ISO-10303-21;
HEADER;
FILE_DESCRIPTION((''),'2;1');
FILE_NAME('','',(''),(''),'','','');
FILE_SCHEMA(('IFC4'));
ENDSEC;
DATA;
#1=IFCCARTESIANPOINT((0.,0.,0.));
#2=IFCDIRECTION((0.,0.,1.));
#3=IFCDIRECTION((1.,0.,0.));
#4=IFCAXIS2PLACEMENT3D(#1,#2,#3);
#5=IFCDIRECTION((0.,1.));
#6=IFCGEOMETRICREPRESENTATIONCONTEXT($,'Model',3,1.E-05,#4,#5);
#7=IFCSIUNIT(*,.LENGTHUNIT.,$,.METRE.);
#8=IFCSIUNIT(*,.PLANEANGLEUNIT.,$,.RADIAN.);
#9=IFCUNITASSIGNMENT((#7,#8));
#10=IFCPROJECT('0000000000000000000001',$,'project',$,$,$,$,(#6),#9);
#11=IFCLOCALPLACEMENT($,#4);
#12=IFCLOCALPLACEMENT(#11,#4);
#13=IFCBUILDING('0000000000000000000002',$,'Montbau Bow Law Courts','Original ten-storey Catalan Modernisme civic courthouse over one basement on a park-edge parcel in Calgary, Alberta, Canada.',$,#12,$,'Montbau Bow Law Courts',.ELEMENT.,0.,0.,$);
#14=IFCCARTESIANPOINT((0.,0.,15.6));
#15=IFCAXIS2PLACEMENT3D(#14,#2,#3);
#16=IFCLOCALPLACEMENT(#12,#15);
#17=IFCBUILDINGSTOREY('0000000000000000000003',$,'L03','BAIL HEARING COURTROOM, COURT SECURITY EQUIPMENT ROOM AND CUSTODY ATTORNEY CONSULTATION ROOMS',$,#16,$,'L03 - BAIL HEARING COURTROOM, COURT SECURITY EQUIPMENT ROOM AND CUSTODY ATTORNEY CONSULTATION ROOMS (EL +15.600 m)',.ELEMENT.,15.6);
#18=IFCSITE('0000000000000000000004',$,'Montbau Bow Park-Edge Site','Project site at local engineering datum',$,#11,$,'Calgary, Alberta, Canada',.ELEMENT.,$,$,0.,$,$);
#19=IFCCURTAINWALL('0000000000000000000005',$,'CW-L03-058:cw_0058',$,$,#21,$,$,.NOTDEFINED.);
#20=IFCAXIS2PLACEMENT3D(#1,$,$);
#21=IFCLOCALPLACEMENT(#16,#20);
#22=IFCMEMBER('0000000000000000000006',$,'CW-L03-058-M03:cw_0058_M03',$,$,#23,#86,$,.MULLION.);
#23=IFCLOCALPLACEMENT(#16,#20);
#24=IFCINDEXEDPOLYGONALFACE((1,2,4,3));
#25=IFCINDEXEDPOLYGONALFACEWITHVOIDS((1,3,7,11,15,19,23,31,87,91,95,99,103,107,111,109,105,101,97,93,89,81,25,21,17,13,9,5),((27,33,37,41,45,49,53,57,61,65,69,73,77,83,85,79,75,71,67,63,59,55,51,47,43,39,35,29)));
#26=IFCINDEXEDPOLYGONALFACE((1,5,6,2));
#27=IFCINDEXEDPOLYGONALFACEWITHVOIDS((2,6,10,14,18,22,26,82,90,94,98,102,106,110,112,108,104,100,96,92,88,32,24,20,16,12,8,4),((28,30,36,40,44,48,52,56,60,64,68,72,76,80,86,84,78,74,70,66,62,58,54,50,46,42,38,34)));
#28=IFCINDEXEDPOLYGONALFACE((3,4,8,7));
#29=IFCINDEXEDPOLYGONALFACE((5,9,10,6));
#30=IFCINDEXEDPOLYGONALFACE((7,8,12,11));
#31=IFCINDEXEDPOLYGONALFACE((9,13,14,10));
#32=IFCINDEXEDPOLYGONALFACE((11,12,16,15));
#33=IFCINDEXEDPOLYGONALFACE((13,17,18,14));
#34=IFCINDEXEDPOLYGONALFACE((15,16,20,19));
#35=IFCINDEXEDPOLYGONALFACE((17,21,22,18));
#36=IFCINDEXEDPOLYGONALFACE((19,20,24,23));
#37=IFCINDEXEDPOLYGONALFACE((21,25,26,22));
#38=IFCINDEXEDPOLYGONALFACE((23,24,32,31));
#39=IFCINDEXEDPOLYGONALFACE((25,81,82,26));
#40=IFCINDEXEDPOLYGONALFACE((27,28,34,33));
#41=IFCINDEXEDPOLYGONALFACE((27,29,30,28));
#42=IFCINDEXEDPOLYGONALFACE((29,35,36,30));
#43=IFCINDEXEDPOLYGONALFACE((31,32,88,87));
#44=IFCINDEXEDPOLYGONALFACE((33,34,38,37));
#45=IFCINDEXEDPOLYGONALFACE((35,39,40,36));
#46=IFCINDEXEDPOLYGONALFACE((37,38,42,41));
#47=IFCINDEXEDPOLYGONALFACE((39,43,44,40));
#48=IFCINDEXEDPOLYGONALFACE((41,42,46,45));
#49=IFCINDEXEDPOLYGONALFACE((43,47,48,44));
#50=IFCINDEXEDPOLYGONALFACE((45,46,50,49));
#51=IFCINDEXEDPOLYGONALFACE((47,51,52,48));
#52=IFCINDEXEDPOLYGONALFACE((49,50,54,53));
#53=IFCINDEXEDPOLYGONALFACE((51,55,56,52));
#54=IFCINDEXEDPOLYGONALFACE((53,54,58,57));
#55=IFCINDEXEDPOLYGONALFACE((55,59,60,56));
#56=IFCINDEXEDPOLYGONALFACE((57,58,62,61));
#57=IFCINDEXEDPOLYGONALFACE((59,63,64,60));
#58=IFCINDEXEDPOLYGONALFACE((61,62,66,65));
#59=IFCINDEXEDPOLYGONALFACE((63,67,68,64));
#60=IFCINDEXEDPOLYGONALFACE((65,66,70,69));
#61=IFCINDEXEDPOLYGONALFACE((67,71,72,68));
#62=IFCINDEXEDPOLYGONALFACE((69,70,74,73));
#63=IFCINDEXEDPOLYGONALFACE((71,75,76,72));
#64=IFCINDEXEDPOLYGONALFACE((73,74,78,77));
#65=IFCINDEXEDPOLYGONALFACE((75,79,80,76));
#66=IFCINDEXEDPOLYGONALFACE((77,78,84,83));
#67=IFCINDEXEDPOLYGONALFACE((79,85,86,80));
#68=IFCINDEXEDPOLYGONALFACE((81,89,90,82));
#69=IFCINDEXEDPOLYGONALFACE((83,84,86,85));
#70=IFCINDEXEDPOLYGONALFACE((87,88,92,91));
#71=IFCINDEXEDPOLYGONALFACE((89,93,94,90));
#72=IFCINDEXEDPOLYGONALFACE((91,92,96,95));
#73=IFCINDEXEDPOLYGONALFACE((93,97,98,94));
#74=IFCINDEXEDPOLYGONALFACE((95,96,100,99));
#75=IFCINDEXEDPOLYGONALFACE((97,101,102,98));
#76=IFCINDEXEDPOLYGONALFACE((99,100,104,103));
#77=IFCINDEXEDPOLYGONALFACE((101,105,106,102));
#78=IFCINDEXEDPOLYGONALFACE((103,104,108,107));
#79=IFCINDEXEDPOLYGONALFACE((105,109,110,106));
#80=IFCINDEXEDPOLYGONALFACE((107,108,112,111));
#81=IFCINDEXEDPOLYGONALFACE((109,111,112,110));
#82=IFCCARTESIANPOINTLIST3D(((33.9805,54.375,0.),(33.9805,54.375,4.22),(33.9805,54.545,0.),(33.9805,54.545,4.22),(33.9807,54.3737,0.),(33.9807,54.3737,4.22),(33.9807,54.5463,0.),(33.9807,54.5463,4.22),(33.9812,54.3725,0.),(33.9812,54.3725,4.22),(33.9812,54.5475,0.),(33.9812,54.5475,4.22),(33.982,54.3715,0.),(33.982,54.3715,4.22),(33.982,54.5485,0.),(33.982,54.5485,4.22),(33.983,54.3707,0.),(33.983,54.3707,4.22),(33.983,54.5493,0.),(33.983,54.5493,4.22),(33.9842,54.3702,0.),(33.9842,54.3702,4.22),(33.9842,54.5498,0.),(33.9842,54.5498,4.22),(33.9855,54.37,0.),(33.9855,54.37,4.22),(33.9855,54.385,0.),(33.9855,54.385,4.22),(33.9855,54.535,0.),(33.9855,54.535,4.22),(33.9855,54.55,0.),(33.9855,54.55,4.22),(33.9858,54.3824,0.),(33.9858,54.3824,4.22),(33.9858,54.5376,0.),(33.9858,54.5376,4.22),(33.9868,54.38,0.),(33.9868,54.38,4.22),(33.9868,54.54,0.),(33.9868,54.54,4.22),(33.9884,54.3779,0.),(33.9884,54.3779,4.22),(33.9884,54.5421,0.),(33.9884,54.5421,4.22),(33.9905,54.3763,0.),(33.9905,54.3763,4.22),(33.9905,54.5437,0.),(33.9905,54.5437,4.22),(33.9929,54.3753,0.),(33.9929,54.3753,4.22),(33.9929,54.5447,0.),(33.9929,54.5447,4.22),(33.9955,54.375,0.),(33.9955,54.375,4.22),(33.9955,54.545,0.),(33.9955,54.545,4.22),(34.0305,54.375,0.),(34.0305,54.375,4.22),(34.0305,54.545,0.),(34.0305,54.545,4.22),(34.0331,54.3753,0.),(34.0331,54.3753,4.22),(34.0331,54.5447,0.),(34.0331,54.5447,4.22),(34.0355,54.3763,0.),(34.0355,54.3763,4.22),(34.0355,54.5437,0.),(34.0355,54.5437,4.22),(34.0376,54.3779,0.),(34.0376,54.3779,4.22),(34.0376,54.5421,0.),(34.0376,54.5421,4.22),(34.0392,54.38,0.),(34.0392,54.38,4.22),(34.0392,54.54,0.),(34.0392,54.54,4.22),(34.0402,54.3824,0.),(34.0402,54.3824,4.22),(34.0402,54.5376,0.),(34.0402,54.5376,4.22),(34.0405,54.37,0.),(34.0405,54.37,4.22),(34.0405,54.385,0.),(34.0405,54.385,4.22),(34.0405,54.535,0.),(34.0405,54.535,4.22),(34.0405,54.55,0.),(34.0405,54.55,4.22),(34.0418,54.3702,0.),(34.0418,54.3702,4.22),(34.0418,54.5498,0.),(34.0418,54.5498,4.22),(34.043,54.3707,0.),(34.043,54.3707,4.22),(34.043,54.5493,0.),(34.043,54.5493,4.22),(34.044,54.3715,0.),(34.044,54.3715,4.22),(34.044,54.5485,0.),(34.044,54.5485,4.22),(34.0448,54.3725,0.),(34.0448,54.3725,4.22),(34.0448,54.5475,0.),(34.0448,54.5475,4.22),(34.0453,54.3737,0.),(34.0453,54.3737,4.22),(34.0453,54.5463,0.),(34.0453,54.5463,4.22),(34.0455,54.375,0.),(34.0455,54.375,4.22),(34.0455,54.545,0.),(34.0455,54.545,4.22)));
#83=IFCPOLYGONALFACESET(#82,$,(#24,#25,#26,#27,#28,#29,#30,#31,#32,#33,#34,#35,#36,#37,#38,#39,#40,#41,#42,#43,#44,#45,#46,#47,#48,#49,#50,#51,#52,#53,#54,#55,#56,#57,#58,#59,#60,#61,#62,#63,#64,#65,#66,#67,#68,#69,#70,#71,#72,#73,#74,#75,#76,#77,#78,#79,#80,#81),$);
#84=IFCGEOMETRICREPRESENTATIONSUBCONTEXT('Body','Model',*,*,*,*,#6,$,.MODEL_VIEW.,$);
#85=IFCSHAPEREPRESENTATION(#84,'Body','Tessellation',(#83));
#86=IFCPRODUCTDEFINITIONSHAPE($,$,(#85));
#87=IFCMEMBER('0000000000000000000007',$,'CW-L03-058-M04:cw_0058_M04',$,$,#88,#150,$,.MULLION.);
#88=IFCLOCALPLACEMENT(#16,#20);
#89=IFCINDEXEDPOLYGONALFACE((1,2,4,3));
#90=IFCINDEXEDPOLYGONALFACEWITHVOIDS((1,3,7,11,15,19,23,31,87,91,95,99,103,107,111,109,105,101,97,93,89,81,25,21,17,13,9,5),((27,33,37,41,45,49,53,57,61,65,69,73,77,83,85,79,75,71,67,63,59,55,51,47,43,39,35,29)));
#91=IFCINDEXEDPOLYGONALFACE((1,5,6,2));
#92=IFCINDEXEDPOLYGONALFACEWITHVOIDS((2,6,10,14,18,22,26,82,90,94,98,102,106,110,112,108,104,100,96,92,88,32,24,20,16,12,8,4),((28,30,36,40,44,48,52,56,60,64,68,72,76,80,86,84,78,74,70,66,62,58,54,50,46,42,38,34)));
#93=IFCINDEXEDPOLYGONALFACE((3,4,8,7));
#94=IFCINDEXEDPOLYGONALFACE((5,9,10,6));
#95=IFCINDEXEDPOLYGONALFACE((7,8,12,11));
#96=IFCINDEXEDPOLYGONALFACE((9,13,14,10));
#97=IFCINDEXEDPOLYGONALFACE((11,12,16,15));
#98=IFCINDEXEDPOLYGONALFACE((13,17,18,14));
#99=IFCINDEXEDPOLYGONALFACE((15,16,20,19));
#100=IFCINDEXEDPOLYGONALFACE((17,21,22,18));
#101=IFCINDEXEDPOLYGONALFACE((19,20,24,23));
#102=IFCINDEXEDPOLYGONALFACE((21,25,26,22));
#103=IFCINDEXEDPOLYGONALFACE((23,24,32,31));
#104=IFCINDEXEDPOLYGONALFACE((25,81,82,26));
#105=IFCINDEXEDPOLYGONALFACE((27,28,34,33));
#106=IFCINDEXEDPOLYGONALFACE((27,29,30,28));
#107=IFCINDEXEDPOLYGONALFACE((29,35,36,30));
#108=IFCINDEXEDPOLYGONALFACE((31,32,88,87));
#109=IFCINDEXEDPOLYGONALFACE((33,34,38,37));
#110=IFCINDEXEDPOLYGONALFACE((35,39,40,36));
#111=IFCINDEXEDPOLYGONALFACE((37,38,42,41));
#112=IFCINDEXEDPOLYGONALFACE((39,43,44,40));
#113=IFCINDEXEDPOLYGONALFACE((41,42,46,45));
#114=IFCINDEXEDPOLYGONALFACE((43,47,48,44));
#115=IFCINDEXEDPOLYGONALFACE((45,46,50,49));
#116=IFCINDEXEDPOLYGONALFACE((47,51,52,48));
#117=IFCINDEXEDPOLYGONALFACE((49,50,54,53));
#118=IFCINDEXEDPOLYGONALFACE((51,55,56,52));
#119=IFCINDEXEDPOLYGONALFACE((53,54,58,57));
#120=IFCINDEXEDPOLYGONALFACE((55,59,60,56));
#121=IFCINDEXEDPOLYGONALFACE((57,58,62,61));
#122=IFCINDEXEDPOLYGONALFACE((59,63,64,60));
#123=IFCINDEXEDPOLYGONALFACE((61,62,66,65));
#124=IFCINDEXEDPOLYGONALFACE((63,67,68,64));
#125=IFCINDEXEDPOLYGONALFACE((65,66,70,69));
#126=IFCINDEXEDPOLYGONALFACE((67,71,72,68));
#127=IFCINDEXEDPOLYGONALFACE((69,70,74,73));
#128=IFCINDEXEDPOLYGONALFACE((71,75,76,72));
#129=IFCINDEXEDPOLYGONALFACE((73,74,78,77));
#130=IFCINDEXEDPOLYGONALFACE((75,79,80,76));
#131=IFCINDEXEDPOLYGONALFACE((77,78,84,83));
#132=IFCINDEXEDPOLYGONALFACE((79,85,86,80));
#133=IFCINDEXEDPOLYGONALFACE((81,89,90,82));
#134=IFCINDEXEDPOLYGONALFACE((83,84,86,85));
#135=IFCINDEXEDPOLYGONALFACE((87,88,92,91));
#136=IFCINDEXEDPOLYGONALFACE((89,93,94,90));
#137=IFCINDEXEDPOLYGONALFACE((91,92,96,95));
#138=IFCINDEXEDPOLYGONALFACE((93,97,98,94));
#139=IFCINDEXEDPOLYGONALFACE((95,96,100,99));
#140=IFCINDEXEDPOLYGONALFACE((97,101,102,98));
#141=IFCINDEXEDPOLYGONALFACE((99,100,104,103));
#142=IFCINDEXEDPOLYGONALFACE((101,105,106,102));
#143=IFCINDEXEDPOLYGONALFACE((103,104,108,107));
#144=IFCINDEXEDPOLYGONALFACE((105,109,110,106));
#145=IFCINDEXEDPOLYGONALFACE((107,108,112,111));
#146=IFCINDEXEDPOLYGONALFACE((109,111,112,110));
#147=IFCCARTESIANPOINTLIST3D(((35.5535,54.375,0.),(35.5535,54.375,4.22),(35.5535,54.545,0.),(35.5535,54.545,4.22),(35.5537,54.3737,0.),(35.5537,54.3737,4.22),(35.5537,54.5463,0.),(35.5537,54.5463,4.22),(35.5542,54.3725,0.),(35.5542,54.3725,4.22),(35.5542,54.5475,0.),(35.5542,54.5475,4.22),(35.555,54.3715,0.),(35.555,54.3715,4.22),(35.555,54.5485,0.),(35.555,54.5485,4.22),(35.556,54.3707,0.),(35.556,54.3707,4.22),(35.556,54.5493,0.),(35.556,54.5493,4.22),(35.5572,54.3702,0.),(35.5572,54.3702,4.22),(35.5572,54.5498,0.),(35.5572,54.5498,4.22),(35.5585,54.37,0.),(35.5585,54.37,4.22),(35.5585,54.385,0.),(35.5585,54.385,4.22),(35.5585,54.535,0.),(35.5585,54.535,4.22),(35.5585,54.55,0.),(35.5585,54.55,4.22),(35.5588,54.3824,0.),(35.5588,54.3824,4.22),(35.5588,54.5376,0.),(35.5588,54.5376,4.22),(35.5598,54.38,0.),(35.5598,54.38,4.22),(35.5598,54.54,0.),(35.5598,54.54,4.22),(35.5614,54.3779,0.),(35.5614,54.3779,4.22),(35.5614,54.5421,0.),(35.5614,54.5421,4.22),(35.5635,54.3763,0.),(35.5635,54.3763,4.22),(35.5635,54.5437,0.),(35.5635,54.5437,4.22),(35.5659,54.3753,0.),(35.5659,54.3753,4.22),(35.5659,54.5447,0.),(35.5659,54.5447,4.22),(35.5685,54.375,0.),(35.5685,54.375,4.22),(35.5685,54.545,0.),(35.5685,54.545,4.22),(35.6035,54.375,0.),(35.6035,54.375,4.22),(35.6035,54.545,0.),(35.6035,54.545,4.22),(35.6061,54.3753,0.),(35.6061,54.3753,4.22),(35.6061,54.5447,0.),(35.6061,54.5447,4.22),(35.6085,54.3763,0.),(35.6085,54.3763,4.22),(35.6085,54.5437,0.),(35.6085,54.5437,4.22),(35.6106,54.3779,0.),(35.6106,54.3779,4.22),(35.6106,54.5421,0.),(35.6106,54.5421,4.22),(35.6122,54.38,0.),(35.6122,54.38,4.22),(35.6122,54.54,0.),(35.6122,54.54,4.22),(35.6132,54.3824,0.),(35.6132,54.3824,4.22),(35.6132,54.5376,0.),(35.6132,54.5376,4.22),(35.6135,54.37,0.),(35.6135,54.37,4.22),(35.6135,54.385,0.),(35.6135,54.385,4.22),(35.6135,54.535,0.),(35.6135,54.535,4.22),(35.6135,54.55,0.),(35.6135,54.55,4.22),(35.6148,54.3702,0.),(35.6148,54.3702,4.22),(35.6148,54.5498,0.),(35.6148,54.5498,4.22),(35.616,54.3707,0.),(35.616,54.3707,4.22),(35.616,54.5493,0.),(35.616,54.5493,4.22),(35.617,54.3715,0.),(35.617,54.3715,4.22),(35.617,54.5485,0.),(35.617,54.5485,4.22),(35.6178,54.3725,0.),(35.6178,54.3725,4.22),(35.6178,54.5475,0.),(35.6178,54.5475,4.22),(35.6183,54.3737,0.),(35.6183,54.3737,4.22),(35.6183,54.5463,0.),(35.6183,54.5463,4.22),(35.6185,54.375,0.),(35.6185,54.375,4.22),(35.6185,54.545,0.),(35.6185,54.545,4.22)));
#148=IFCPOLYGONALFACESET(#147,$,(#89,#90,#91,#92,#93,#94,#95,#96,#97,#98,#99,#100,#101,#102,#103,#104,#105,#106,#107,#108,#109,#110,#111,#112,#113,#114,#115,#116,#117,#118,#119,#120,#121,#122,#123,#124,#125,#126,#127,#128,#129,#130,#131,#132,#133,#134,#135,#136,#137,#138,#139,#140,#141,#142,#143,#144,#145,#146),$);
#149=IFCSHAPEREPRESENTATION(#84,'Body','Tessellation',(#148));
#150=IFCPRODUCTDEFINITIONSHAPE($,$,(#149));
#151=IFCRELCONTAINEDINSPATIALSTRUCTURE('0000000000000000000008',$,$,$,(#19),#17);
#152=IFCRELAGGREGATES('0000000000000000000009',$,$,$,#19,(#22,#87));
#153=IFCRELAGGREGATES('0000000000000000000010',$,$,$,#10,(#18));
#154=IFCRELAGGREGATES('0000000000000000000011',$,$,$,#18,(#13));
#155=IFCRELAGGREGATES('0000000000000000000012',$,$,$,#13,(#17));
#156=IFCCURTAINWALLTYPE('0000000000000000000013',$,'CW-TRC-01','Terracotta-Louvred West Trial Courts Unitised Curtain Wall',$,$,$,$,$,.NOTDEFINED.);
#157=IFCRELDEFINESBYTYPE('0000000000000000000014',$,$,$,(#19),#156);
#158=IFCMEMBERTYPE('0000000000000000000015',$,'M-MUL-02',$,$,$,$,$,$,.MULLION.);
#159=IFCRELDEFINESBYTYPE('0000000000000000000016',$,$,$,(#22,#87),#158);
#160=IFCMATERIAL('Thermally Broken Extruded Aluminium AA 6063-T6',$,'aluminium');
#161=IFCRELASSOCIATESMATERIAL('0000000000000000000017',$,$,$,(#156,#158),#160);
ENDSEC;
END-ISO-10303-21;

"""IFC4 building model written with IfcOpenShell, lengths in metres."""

from ifc_helpers import new_model, si_unit, direction, frame, origin_with_axes, origin_2d_with_axis, place, context, subcontext, project, spatial, hollow_rectangle, extrude, material, material_profile, profile_set, type_object, element, aggregate, save


model = new_model("IFC4")

# Units and contexts
model_context = context("Model", 3, precision=1e-05, world=origin_with_axes(), true_north=direction((0.0, 1.0)))
body_context = subcontext(model_context, "Body", "Model", "MODEL_VIEW")
ifc_project = project(units=[si_unit("LENGTHUNIT", "METRE"), si_unit("PLANEANGLEUNIT", "RADIAN")], contexts=[model_context])

# Site, building, storey
site_placement = place(None, origin_with_axes())
site = spatial("IfcSite", under=ifc_project, at=site_placement, Name="Montbau Bow Park-Edge Site", Description="Project site at local engineering datum", LongName="Calgary, Alberta, Canada", CompositionType="ELEMENT", RefElevation=0.0)
building_placement = place(site_placement, origin_with_axes())
building = spatial("IfcBuilding", under=site, at=building_placement, Name="Montbau Bow Law Courts", Description="Original ten-storey Catalan Modernisme civic courthouse over one basement on a park-edge parcel in Calgary, Alberta, Canada.", LongName="Montbau Bow Law Courts", CompositionType="ELEMENT", ElevationOfRefHeight=0.0, ElevationOfTerrain=0.0)
storey_placement = place(building_placement, frame((0.0, 0.0, 15.6), z_axis=(0.0, 0.0, 1.0), x_axis=(1.0, 0.0, 0.0)))
storey = spatial("IfcBuildingStorey", under=building, at=storey_placement, Name="L03", Description="BAIL HEARING COURTROOM, COURT SECURITY EQUIPMENT ROOM AND CUSTODY ATTORNEY CONSULTATION ROOMS", LongName="L03 - BAIL HEARING COURTROOM, COURT SECURITY EQUIPMENT ROOM AND CUSTODY ATTORNEY CONSULTATION ROOMS (EL +15.600 m)", CompositionType="ELEMENT", Elevation=15.6)

# Curtain wall, members
ifc_material_1 = material(Name="Thermally Broken Extruded Aluminium AA 6063-T6", Category="aluminium")
curtain_wall_type = type_object("IfcCurtainWallType", Name="CW-TRC-01", Description="Terracotta-Louvred West Trial Courts Unitised Curtain Wall", PredefinedType="NOTDEFINED", material=ifc_material_1)
curtain_wall_placement = place(None, frame((30.867, 54.46, 15.6), z_axis=(0.0, 0.0, 1.0), x_axis=(1.0, 0.0, 0.0)))
curtain_wall = element("IfcCurtainWall", 1, at=curtain_wall_placement, inside=storey, type_object=curtain_wall_type, Name="CW-L03-058:cw_0058", PredefinedType="NOTDEFINED")
ifc_material_profile_1 = material_profile(ifc_material_1, hollow_rectangle(XDim=0.065, YDim=0.18, WallThickness=0.005, InnerFilletRadius=0.01, OuterFilletRadius=0.005, at=origin_2d_with_axis()), Name="CWM-180X65", Category="Main", Priority=0)
ifc_profile_set_1 = profile_set([ifc_material_profile_1], Name="Thermally Broken Extruded Aluminium AA 6063-T6")
member_type_1 = type_object("IfcMemberType", Name="M-MUL-02", PredefinedType="MULLION", material=ifc_profile_set_1)
member_1_placement = place(None, frame((34.013, 54.46, 15.6), z_axis=(0.0, 0.0, 1.0), x_axis=(1.0, 0.0, 0.0)))
member_1 = element("IfcMember", 2, at=member_1_placement, type_object=member_type_1, Name="CW-L03-058-M03:cw_0058_M03", PredefinedType="MULLION", context=body_context, shape_type="SweptSolid", body=[
    extrude(hollow_rectangle(XDim=0.065, YDim=0.18, WallThickness=0.005, InnerFilletRadius=0.01, OuterFilletRadius=0.005, at=origin_2d_with_axis()), origin_with_axes(), (0.0, 0.0, 1.0), 4.22),
])
member_2_placement = place(None, frame((35.586, 54.46, 15.6), z_axis=(0.0, 0.0, 1.0), x_axis=(1.0, 0.0, 0.0)))
member_2 = element("IfcMember", 3, at=member_2_placement, type_object=member_type_1, Name="CW-L03-058-M04:cw_0058_M04", PredefinedType="MULLION", context=body_context, shape_type="SweptSolid", body=[
    extrude(hollow_rectangle(XDim=0.065, YDim=0.18, WallThickness=0.005, InnerFilletRadius=0.01, OuterFilletRadius=0.005, at=origin_2d_with_axis()), origin_with_axes(), (0.0, 0.0, 1.0), 4.22),
])
aggregate(curtain_wall, [member_1, member_2])

save(model, "model.ifc")
